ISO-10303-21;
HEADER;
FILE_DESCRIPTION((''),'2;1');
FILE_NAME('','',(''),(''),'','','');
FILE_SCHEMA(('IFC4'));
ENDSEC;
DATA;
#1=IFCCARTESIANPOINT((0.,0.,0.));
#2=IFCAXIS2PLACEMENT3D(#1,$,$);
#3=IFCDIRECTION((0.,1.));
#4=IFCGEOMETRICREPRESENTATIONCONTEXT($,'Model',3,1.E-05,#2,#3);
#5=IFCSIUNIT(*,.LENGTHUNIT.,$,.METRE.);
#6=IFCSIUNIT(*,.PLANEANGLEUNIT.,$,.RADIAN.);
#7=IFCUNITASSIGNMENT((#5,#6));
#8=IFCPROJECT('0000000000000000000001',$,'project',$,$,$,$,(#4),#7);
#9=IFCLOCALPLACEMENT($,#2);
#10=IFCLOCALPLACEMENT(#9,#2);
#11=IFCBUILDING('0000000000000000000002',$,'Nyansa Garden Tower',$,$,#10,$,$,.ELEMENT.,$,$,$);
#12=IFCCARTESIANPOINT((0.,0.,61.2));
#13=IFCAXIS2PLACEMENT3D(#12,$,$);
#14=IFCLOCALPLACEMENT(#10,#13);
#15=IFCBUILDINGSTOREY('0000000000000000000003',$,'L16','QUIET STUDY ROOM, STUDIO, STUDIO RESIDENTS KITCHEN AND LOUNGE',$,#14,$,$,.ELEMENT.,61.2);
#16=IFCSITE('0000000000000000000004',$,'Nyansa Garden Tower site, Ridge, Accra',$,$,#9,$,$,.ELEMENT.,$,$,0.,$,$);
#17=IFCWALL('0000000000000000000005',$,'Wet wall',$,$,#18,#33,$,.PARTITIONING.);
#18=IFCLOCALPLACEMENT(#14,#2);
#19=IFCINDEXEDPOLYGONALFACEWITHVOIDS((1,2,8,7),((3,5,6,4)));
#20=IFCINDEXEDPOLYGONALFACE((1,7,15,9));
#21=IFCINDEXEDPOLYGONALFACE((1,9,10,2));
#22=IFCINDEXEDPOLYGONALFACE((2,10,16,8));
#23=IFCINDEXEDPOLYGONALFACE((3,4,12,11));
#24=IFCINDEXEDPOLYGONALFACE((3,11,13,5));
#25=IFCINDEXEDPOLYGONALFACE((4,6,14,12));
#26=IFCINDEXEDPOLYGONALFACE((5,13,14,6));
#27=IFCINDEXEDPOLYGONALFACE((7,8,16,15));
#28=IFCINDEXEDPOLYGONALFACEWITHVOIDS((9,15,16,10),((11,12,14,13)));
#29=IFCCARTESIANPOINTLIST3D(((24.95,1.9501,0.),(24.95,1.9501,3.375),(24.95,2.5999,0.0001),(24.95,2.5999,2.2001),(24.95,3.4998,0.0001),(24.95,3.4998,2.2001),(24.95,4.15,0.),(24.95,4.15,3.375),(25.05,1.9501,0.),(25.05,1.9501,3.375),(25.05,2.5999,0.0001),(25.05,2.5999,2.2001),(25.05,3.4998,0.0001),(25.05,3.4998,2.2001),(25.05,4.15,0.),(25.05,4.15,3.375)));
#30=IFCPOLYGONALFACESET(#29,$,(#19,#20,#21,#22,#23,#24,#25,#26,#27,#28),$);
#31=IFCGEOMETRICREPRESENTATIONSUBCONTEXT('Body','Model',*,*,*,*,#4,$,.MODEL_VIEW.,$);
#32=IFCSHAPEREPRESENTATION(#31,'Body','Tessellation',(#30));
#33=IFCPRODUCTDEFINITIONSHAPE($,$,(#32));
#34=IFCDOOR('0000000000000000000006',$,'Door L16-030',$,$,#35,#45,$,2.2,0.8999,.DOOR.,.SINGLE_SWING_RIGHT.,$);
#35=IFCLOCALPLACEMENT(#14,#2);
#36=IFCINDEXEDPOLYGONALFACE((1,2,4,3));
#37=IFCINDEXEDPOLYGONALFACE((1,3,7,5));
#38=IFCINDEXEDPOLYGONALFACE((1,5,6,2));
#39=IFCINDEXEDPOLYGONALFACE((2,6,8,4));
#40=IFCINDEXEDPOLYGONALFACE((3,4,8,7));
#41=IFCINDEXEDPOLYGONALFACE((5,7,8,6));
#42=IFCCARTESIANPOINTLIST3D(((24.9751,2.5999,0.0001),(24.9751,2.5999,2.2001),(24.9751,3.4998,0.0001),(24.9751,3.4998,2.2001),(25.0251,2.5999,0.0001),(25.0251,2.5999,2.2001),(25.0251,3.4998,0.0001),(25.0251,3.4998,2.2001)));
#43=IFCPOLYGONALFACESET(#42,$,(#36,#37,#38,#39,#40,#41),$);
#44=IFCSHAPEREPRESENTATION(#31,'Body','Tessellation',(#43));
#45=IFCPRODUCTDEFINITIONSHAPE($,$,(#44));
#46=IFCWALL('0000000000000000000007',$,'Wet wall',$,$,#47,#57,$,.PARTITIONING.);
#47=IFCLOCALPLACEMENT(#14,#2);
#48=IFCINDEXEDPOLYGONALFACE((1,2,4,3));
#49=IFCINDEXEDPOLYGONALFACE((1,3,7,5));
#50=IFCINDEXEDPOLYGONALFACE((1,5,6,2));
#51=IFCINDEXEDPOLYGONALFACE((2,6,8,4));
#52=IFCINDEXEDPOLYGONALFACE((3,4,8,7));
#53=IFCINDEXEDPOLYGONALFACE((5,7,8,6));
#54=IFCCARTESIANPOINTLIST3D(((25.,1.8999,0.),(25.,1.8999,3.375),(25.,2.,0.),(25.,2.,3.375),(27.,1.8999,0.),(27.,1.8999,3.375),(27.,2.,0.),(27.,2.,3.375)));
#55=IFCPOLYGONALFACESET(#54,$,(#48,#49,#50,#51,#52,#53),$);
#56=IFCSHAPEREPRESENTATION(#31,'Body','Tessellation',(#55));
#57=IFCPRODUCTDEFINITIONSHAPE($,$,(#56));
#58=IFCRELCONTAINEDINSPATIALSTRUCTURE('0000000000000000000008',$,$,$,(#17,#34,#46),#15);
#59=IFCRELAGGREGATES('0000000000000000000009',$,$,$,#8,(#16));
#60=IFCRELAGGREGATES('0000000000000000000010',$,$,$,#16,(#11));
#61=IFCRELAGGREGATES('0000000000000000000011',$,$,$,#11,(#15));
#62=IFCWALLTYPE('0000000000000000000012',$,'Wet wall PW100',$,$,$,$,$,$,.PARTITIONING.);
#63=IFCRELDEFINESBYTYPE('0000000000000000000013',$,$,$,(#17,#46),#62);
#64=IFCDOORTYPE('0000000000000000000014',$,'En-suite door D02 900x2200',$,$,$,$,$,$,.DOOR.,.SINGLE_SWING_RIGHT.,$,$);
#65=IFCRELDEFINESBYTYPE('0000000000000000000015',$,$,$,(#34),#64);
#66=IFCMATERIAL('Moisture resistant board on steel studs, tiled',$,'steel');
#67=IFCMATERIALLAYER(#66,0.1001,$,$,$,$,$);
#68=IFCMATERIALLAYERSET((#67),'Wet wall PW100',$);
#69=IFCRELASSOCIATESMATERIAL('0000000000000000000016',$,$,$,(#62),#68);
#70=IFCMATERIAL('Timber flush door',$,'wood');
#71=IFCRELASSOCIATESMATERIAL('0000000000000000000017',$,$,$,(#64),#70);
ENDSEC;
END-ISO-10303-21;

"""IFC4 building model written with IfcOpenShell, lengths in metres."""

from ifc_helpers import new_model, si_unit, direction, frame, frame_2d, origin, place, context, subcontext, project, spatial, rectangle, extrude, material, layer, layer_set, type_object, element, fill, save


model = new_model("IFC4")

# Units and contexts
model_context = context("Model", 3, precision=1e-05, world=origin(), true_north=direction((0.0, 1.0)))
body_context = subcontext(model_context, "Body", "Model", "MODEL_VIEW")
ifc_project = project(units=[si_unit("LENGTHUNIT", "METRE"), si_unit("PLANEANGLEUNIT", "RADIAN")], contexts=[model_context])

# Site, building, storey
site_placement = place(None, origin())
site = spatial("IfcSite", under=ifc_project, at=site_placement, Name="Nyansa Garden Tower site, Ridge, Accra", CompositionType="ELEMENT", RefElevation=0.0)
building_placement = place(site_placement, origin())
building = spatial("IfcBuilding", under=site, at=building_placement, Name="Nyansa Garden Tower", CompositionType="ELEMENT")
storey_placement = place(building_placement, frame((0.0, 0.0, 61.2)))
storey = spatial("IfcBuildingStorey", under=building, at=storey_placement, Name="L16", Description="QUIET STUDY ROOM, STUDIO, STUDIO RESIDENTS KITCHEN AND LOUNGE", CompositionType="ELEMENT", Elevation=61.2)

# Shared definitions
ifc_material_1 = material(Name="Moisture resistant board on steel studs, tiled", Category="steel")
ifc_layer_1 = layer(ifc_material_1, 0.1001)
ifc_layer_set_1 = layer_set([ifc_layer_1], Name="Wet wall PW100")
wall_type_1 = type_object("IfcWallType", Name="Wet wall PW100", PredefinedType="PARTITIONING", material=ifc_layer_set_1)
ifc_material_2 = material(Name="Timber flush door", Category="wood")
door_type_1 = type_object("IfcDoorType", Name="En-suite door D02 900x2200", OperationType="SINGLE_SWING_RIGHT", PredefinedType="DOOR", material=ifc_material_2)

# Wall, opening, door
wall_1_placement = place(storey_placement, frame((25.0, 1.95, 0.0), z_axis=(0.0, 0.0, 1.0), x_axis=(0.0, 1.0, 0.0)))
wall_1 = element("IfcWall", 1, at=wall_1_placement, inside=storey, type_object=wall_type_1, Name="Wet wall", PredefinedType="PARTITIONING", context=body_context, shape_type="SweptSolid", body=[
    extrude(rectangle(XDim=2.2, YDim=0.1001, at=frame_2d((1.1001, 0.0))), origin(), (0.0, 0.0, 1.0), 3.375),
])
opening_1_placement = place(wall_1_placement, frame((0.6499, 0.0, 0.0)))
opening_1 = element("IfcOpeningElement", 2, at=opening_1_placement, cuts=wall_1, PredefinedType="OPENING", context=body_context, shape_type="SweptSolid", body=[
    extrude(rectangle(XDim=0.8999, YDim=2.2, at=frame_2d((0.45, 1.1001))), frame((0.0, 0.0601, 0.0), z_axis=(0.0, -1.0, 0.0), x_axis=(1.0, 0.0, 0.0)), (0.0, 0.0, 1.0), 0.1201),
])
door_1_placement = place(opening_1_placement, origin())
door_1 = element("IfcDoor", 3, at=door_1_placement, inside=storey, type_object=door_type_1, Name="Door L16-030", OperationType="SINGLE_SWING_RIGHT", OverallHeight=2.2, OverallWidth=0.8999, PredefinedType="DOOR", context=body_context, shape_type="SweptSolid", body=[
    extrude(rectangle(XDim=0.8999, YDim=2.2, at=frame_2d((0.45, 1.1001))), frame((0.0, 0.0249, 0.0), z_axis=(0.0, -1.0, 0.0), x_axis=(1.0, 0.0, 0.0)), (0.0, 0.0, 1.0), 0.05),
])
fill(opening_1, door_1)

# Wall
wall_2_placement = place(storey_placement, frame((25.0, 1.95, 0.0), z_axis=(0.0, 0.0, 1.0), x_axis=(1.0, 0.0, 0.0)))
element("IfcWall", 4, at=wall_2_placement, inside=storey, type_object=wall_type_1, Name="Wet wall", PredefinedType="PARTITIONING", context=body_context, shape_type="SweptSolid", body=[
    extrude(rectangle(XDim=2.0, YDim=0.1001, at=frame_2d((1.0, 0.0))), origin(), (0.0, 0.0, 1.0), 3.375),
])

save(model, "model.ifc")
